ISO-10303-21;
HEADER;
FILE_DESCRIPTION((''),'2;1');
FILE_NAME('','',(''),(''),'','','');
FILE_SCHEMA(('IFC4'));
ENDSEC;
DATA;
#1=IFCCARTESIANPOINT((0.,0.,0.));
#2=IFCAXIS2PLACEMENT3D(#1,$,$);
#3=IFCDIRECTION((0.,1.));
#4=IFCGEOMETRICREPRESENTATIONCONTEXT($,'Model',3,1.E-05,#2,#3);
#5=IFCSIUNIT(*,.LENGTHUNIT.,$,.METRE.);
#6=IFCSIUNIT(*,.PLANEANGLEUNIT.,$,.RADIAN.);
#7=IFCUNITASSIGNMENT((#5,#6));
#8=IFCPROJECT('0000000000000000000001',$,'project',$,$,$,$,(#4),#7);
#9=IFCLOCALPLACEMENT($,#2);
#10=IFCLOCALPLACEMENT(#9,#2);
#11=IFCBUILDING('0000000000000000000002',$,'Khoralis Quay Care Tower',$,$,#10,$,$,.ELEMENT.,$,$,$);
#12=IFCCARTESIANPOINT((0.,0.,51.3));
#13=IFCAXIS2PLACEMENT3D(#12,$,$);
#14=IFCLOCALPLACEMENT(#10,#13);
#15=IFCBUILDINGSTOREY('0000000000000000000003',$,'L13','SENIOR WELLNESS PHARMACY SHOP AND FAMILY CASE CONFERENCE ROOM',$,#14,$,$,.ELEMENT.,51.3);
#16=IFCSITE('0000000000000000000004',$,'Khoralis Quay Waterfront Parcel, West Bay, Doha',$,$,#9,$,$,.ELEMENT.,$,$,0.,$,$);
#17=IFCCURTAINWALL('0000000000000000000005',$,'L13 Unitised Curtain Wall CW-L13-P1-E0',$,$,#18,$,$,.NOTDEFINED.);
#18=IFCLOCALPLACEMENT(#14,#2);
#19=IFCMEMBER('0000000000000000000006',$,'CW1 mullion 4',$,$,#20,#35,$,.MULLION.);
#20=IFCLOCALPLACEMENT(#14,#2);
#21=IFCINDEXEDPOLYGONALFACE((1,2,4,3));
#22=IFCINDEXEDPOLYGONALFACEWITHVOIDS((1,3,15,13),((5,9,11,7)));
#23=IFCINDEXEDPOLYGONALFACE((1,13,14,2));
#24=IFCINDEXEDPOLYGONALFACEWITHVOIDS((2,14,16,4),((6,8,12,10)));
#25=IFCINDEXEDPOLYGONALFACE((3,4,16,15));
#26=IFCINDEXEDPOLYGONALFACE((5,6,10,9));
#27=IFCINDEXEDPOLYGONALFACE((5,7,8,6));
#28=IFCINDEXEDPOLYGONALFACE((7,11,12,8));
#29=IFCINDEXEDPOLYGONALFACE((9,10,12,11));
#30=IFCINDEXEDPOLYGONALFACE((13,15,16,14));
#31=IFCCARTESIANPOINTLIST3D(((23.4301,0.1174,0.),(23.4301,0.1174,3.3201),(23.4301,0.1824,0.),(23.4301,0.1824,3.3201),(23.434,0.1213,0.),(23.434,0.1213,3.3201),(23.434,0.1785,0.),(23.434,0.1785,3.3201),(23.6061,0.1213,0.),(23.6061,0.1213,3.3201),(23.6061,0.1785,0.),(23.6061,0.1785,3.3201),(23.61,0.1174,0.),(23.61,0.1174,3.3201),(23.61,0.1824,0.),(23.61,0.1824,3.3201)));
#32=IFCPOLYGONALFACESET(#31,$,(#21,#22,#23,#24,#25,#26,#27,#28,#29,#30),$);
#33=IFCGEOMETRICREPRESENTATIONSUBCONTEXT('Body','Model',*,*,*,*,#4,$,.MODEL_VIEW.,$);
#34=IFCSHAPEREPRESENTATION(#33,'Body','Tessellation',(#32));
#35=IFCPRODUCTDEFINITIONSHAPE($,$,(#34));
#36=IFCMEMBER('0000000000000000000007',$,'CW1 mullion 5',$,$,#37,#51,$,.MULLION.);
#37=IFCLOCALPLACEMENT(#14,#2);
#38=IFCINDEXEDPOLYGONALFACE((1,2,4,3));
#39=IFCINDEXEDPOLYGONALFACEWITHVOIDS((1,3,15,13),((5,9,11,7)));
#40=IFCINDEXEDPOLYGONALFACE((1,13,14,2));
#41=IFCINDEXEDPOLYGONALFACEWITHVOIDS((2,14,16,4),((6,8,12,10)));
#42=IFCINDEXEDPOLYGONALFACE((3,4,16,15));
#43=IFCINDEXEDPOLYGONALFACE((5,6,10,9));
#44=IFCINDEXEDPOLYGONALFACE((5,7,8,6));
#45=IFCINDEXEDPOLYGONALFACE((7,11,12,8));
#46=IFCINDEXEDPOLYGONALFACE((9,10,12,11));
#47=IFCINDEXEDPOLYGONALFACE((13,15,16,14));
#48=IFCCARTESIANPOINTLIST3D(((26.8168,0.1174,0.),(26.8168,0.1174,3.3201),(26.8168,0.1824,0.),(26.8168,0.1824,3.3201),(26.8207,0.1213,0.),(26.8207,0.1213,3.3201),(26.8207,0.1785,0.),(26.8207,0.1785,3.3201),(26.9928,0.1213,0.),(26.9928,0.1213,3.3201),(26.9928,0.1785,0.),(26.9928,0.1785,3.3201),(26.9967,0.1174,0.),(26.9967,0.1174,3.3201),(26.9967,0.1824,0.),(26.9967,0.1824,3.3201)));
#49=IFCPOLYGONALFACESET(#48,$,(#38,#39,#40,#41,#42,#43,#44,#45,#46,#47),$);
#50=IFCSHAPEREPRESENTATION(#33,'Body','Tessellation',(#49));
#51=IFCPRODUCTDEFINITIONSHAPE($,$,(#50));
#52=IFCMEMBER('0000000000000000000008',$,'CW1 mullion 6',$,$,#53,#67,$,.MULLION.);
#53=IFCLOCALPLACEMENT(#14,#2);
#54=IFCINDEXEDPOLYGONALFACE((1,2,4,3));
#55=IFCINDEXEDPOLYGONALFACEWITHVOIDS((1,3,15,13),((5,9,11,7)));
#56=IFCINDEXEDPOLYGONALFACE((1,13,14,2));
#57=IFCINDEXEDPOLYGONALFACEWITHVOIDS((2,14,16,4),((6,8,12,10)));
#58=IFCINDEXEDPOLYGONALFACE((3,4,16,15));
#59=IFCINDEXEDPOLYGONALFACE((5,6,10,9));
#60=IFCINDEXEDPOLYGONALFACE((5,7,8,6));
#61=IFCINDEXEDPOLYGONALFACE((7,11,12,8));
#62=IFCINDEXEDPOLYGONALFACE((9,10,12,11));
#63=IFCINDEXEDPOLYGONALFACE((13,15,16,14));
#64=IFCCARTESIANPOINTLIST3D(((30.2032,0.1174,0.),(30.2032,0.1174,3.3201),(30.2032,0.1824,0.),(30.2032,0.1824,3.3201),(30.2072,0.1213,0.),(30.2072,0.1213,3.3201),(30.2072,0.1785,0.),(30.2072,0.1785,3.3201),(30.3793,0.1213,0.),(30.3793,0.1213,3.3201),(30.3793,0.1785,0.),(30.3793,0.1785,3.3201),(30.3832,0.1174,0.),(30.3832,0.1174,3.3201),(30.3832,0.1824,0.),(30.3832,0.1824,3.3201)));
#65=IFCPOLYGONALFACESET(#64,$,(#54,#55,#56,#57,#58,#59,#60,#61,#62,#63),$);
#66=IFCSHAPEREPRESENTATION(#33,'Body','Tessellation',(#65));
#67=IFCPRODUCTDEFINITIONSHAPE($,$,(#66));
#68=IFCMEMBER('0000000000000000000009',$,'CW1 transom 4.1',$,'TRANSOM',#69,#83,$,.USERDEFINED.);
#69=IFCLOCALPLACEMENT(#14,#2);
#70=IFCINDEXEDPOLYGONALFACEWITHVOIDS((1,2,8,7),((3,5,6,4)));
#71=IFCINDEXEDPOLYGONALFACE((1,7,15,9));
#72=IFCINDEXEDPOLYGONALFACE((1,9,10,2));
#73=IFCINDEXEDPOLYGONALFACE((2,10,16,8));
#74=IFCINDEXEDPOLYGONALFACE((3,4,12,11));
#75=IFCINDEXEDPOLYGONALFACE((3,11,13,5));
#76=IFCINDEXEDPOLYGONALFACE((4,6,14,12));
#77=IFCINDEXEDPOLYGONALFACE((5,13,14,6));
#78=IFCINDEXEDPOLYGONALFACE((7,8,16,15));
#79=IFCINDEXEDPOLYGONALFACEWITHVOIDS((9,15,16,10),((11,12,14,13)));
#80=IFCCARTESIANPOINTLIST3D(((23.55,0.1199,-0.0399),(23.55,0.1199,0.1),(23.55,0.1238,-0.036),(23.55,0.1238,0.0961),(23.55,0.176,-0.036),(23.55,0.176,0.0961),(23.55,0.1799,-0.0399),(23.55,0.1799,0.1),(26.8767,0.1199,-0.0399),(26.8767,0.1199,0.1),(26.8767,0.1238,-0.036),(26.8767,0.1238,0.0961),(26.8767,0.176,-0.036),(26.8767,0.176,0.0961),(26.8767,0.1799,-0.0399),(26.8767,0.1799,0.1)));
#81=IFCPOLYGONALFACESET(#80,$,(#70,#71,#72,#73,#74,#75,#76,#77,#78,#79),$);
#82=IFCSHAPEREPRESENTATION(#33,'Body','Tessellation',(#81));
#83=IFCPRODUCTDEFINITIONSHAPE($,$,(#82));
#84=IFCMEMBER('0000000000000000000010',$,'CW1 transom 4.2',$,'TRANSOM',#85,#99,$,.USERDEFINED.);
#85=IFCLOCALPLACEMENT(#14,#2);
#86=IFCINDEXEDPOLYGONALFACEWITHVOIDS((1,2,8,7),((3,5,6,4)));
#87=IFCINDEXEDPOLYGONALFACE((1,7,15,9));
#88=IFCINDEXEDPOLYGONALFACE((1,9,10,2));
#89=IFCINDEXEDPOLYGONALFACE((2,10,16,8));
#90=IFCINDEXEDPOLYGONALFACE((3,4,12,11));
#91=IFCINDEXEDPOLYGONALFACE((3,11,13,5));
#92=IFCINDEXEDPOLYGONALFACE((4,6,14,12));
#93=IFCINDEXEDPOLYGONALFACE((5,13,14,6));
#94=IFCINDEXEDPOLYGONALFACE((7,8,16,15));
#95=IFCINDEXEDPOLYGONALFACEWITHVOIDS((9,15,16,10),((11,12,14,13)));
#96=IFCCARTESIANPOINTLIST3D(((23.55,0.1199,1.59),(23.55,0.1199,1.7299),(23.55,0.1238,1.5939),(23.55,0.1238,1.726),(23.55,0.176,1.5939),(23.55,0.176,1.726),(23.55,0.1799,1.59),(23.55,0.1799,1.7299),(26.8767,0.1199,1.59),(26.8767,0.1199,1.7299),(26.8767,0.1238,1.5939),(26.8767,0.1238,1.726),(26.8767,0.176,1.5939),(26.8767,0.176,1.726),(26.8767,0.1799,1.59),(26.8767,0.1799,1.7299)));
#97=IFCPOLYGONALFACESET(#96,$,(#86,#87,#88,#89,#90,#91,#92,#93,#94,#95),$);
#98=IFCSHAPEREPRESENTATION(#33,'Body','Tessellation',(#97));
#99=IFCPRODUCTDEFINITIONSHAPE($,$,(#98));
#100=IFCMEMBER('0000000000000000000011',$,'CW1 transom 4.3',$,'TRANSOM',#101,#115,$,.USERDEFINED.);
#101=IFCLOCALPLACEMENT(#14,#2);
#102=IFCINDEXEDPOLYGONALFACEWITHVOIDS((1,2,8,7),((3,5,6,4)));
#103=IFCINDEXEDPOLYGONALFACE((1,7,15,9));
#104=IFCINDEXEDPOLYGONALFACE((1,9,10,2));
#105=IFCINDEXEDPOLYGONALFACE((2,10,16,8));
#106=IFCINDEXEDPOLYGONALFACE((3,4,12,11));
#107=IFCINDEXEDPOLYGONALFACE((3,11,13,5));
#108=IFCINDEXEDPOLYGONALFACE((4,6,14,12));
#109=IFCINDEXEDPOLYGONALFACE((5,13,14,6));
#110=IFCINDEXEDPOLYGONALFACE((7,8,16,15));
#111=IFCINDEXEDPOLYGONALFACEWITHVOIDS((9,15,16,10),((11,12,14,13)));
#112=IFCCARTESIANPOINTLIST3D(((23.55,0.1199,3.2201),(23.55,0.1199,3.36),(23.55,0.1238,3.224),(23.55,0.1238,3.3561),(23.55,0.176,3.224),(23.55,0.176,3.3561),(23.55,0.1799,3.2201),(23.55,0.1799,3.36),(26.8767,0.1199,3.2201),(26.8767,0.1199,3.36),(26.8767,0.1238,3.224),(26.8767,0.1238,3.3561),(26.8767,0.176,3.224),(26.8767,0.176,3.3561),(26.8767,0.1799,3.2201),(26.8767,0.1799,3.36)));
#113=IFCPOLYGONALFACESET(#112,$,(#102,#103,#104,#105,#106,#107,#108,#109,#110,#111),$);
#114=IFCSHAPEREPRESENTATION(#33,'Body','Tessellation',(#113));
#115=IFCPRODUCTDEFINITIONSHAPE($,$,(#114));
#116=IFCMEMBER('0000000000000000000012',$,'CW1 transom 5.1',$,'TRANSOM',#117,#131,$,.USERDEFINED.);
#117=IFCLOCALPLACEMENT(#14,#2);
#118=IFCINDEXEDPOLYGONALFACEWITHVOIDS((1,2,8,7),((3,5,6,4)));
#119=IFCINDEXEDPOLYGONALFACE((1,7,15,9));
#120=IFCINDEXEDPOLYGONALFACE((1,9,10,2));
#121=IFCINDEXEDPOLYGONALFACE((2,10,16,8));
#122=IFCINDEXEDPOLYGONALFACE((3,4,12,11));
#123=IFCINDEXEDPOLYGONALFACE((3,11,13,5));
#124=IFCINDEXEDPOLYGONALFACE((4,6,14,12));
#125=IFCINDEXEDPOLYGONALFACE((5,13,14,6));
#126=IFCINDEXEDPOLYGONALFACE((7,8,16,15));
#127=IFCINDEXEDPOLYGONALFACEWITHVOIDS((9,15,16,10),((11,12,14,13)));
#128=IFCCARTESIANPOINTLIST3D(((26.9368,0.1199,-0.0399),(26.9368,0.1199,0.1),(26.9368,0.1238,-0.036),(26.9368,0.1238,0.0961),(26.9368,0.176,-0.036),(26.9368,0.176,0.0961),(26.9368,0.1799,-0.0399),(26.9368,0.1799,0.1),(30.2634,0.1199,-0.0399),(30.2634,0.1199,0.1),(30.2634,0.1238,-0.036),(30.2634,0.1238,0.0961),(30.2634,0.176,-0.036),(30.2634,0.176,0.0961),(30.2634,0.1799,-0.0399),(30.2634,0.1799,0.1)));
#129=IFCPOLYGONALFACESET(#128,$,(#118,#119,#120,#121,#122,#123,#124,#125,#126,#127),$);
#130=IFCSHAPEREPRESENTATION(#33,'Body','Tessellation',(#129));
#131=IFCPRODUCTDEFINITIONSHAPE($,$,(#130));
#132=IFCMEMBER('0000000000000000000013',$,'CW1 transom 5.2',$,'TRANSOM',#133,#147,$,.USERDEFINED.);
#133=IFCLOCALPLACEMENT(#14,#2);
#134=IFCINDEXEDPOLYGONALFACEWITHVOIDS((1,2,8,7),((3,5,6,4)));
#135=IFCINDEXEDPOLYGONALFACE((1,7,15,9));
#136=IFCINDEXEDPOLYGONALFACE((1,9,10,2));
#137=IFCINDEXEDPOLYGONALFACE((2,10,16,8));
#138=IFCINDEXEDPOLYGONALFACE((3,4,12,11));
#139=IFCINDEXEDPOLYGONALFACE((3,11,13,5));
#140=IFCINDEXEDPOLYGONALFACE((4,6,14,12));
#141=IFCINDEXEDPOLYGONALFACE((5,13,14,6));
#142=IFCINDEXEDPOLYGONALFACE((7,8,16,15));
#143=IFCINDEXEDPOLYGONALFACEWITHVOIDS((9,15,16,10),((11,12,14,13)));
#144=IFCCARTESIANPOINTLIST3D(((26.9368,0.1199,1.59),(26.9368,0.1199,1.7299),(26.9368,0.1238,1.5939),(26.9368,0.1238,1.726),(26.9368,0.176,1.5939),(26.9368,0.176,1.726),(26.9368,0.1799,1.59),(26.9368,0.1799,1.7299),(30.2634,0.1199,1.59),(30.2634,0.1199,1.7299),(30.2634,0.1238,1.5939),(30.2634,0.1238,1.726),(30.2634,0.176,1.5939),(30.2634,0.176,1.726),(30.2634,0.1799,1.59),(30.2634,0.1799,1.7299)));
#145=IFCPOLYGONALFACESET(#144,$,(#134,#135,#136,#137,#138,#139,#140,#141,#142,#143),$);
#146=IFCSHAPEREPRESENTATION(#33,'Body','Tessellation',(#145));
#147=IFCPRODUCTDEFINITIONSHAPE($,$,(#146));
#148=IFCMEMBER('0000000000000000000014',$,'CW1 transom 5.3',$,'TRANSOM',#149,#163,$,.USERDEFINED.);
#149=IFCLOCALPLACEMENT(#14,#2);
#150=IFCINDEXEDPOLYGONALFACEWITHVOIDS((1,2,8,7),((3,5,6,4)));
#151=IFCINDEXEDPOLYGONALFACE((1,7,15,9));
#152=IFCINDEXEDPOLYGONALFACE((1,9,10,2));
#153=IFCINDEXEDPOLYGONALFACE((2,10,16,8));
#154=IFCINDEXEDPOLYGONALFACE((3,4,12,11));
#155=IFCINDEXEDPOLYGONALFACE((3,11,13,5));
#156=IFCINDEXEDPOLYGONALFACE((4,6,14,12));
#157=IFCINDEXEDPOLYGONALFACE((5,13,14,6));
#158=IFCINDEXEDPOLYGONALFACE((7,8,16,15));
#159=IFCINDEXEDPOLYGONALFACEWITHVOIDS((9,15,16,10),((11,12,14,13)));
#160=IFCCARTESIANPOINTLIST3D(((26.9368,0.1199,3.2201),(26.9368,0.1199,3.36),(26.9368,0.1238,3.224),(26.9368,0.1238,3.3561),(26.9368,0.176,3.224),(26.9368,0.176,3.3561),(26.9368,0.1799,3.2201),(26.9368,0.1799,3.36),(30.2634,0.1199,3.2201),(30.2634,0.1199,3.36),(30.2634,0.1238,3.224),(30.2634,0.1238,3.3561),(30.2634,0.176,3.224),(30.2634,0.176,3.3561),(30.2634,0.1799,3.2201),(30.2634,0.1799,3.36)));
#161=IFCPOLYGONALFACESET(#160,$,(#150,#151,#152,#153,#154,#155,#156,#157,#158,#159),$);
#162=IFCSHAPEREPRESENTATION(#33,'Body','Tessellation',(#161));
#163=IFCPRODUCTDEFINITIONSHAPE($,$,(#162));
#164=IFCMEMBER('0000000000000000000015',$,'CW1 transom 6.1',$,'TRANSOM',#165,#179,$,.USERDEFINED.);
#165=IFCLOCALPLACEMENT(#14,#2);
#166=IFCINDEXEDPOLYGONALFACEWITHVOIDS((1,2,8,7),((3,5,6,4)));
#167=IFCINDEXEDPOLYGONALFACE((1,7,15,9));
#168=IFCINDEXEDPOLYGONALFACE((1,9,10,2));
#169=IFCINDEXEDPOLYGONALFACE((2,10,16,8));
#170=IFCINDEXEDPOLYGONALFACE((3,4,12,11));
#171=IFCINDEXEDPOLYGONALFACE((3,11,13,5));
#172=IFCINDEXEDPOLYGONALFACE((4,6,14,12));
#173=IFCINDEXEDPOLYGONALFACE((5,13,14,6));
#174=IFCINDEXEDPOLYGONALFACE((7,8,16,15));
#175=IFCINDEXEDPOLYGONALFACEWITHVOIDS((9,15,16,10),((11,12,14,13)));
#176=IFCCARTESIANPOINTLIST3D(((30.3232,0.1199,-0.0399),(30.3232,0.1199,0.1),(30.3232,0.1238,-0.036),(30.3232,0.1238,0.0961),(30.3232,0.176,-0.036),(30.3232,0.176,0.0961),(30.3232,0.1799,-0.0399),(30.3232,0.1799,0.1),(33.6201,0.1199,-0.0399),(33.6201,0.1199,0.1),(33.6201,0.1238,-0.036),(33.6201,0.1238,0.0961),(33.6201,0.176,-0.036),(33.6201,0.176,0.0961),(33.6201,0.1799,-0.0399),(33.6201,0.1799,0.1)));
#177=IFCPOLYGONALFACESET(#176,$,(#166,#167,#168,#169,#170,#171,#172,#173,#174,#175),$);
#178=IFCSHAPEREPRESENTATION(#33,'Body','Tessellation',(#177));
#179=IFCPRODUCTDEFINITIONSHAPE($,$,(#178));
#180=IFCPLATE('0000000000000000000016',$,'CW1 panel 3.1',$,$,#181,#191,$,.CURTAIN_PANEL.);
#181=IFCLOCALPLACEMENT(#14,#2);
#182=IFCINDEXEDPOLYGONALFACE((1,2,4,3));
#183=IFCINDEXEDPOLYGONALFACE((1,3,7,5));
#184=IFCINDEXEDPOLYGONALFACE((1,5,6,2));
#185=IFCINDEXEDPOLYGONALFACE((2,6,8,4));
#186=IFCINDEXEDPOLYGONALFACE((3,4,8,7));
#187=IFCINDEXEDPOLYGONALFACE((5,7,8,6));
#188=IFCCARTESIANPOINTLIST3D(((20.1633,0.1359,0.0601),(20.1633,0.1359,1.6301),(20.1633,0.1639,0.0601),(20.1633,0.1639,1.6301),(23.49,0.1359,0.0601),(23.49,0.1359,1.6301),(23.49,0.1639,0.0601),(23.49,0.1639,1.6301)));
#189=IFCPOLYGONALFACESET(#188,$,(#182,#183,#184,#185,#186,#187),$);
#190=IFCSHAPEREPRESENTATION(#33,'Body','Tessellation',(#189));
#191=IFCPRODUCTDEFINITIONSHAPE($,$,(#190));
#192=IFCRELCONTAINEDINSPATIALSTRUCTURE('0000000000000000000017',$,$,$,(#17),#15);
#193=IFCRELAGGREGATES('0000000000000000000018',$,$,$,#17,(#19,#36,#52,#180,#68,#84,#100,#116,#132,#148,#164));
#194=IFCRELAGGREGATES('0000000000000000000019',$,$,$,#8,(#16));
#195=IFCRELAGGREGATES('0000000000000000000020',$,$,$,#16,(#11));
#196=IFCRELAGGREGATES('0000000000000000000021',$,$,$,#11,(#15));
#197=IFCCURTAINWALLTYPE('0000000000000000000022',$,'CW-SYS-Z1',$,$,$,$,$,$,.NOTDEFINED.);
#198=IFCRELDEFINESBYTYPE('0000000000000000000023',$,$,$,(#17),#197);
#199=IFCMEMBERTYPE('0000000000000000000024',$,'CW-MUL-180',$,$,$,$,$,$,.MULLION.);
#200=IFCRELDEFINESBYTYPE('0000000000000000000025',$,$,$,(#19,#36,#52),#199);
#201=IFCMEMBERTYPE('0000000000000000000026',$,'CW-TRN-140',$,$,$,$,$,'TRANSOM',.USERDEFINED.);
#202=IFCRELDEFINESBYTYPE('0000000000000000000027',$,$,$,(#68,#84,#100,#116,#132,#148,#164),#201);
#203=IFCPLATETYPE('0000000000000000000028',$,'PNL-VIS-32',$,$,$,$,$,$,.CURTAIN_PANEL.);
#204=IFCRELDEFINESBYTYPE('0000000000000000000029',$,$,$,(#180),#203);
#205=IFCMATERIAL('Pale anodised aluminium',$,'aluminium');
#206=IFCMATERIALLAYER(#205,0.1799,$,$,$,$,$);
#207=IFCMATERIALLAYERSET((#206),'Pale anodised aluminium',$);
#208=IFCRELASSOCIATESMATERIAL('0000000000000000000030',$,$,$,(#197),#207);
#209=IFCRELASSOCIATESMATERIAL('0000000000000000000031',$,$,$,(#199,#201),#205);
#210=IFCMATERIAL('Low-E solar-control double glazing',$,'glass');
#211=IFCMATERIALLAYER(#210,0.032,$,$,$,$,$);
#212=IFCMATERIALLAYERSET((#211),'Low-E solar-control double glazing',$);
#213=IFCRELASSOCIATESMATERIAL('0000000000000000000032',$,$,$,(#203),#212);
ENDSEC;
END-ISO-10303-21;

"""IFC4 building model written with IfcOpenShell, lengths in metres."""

from ifc_helpers import new_model, si_unit, direction, frame, origin, origin_2d, place, context, subcontext, project, spatial, rectangle, hollow_rectangle, extrude, source, transform, mapped, material, layer, layer_set, material_profile, profile_set, type_object, element, aggregate, save


model = new_model("IFC4")

# Units and contexts
model_context = context("Model", 3, precision=1e-05, world=origin(), true_north=direction((0.0, 1.0)))
body_context = subcontext(model_context, "Body", "Model", "MODEL_VIEW")
ifc_project = project(units=[si_unit("LENGTHUNIT", "METRE"), si_unit("PLANEANGLEUNIT", "RADIAN")], contexts=[model_context])

# Site, building, storey
site_placement = place(None, origin())
site = spatial("IfcSite", under=ifc_project, at=site_placement, Name="Khoralis Quay Waterfront Parcel, West Bay, Doha", CompositionType="ELEMENT", RefElevation=0.0)
building_placement = place(site_placement, origin())
building = spatial("IfcBuilding", under=site, at=building_placement, Name="Khoralis Quay Care Tower", CompositionType="ELEMENT")
storey_placement = place(building_placement, frame((0.0, 0.0, 51.3)))
storey = spatial("IfcBuildingStorey", under=building, at=storey_placement, Name="L13", Description="SENIOR WELLNESS PHARMACY SHOP AND FAMILY CASE CONFERENCE ROOM", CompositionType="ELEMENT", Elevation=51.3)

# Curtain wall, members, plate
ifc_material_1 = material(Name="Pale anodised aluminium", Category="aluminium")
ifc_layer_1 = layer(ifc_material_1, 0.1799)
ifc_layer_set_1 = layer_set([ifc_layer_1], Name="Pale anodised aluminium")
curtain_wall_type = type_object("IfcCurtainWallType", Name="CW-SYS-Z1", PredefinedType="NOTDEFINED", material=ifc_layer_set_1)
curtain_wall_placement = place(storey_placement, origin())
curtain_wall = element("IfcCurtainWall", 1, at=curtain_wall_placement, inside=storey, type_object=curtain_wall_type, Name="L13 Unitised Curtain Wall CW-L13-P1-E0", PredefinedType="NOTDEFINED")
ifc_material_profile_1 = material_profile(ifc_material_1, hollow_rectangle(XDim=0.0649, YDim=0.1799, WallThickness=0.0039, at=origin_2d()), Name="Pale anodised aluminium")
ifc_profile_set_1 = profile_set([ifc_material_profile_1], Name="Pale anodised aluminium")
member_type_1 = type_object("IfcMemberType", Name="CW-MUL-180", PredefinedType="MULLION", material=ifc_profile_set_1)
shared_shape_1 = source(origin(), body_context, "Body", "SweptSolid", [
    extrude(hollow_rectangle(XDim=0.0649, YDim=0.1799, WallThickness=0.0039, at=origin_2d()), origin(), (0.0, 0.0, 1.0), 3.3201),
])
member_1_placement = place(storey_placement, frame((23.52, 0.1499, 0.0), z_axis=(0.0, 0.0, 1.0), x_axis=(0.0, 1.0, 0.0)))
member_1 = element("IfcMember", 2, at=member_1_placement, type_object=member_type_1, Name="CW1 mullion 4", PredefinedType="MULLION", context=body_context, shape_type="MappedRepresentation", body=[
    mapped(shared_shape_1, transform((0.0, 0.0, 0.0), scale=1.0)),
])
member_2_placement = place(storey_placement, frame((26.9067, 0.1499, 0.0), z_axis=(0.0, 0.0, 1.0), x_axis=(0.0, 1.0, 0.0)))
member_2 = element("IfcMember", 3, at=member_2_placement, type_object=member_type_1, Name="CW1 mullion 5", PredefinedType="MULLION", context=body_context, shape_type="MappedRepresentation", body=[
    mapped(shared_shape_1, transform((0.0, 0.0, 0.0), scale=1.0)),
])
member_3_placement = place(storey_placement, frame((30.2932, 0.1499, 0.0), z_axis=(0.0, 0.0, 1.0), x_axis=(0.0, 1.0, 0.0)))
member_3 = element("IfcMember", 4, at=member_3_placement, type_object=member_type_1, Name="CW1 mullion 6", PredefinedType="MULLION", context=body_context, shape_type="MappedRepresentation", body=[
    mapped(shared_shape_1, transform((0.0, 0.0, 0.0), scale=1.0)),
])
ifc_material_profile_2 = material_profile(ifc_material_1, hollow_rectangle(XDim=0.0601, YDim=0.1399, WallThickness=0.0039, at=origin_2d()), Name="Pale anodised aluminium")
ifc_profile_set_2 = profile_set([ifc_material_profile_2], Name="Pale anodised aluminium")
member_type_2 = type_object("IfcMemberType", Name="CW-TRN-140", ElementType="TRANSOM", PredefinedType="USERDEFINED", material=ifc_profile_set_2)
shared_shape_2 = source(origin(), body_context, "Body", "SweptSolid", [
    extrude(hollow_rectangle(XDim=0.0601, YDim=0.1399, WallThickness=0.0039, at=origin_2d()), origin(), (0.0, 0.0, 1.0), 3.3267),
])
member_4_placement = place(storey_placement, frame((23.55, 0.1499, 0.03), z_axis=(1.0, 0.0, 0.0), x_axis=(0.0, 1.0, 0.0)))
member_4 = element("IfcMember", 5, at=member_4_placement, type_object=member_type_2, Name="CW1 transom 4.1", ObjectType="TRANSOM", PredefinedType="USERDEFINED", context=body_context, shape_type="MappedRepresentation", body=[
    mapped(shared_shape_2, transform((0.0, 0.0, 0.0), scale=1.0)),
])
member_5_placement = place(storey_placement, frame((23.55, 0.1499, 1.6599), z_axis=(1.0, 0.0, 0.0), x_axis=(0.0, 1.0, 0.0)))
member_5 = element("IfcMember", 6, at=member_5_placement, type_object=member_type_2, Name="CW1 transom 4.2", ObjectType="TRANSOM", PredefinedType="USERDEFINED", context=body_context, shape_type="MappedRepresentation", body=[
    mapped(shared_shape_2, transform((0.0, 0.0, 0.0), scale=1.0)),
])
member_6_placement = place(storey_placement, frame((23.55, 0.1499, 3.29), z_axis=(1.0, 0.0, 0.0), x_axis=(0.0, 1.0, 0.0)))
member_6 = element("IfcMember", 7, at=member_6_placement, type_object=member_type_2, Name="CW1 transom 4.3", ObjectType="TRANSOM", PredefinedType="USERDEFINED", context=body_context, shape_type="MappedRepresentation", body=[
    mapped(shared_shape_2, transform((0.0, 0.0, 0.0), scale=1.0)),
])
member_7_placement = place(storey_placement, frame((26.9368, 0.1499, 0.03), z_axis=(1.0, 0.0, 0.0), x_axis=(0.0, 1.0, 0.0)))
member_7 = element("IfcMember", 8, at=member_7_placement, type_object=member_type_2, Name="CW1 transom 5.1", ObjectType="TRANSOM", PredefinedType="USERDEFINED", context=body_context, shape_type="MappedRepresentation", body=[
    mapped(shared_shape_2, transform((0.0, 0.0, 0.0), scale=1.0)),
])
member_8_placement = place(storey_placement, frame((26.9368, 0.1499, 1.6599), z_axis=(1.0, 0.0, 0.0), x_axis=(0.0, 1.0, 0.0)))
member_8 = element("IfcMember", 9, at=member_8_placement, type_object=member_type_2, Name="CW1 transom 5.2", ObjectType="TRANSOM", PredefinedType="USERDEFINED", context=body_context, shape_type="MappedRepresentation", body=[
    mapped(shared_shape_2, transform((0.0, 0.0, 0.0), scale=1.0)),
])
member_9_placement = place(storey_placement, frame((26.9368, 0.1499, 3.29), z_axis=(1.0, 0.0, 0.0), x_axis=(0.0, 1.0, 0.0)))
member_9 = element("IfcMember", 10, at=member_9_placement, type_object=member_type_2, Name="CW1 transom 5.3", ObjectType="TRANSOM", PredefinedType="USERDEFINED", context=body_context, shape_type="MappedRepresentation", body=[
    mapped(shared_shape_2, transform((0.0, 0.0, 0.0), scale=1.0)),
])
shared_shape_3 = source(origin(), body_context, "Body", "SweptSolid", [
    extrude(hollow_rectangle(XDim=0.0601, YDim=0.1399, WallThickness=0.0039, at=origin_2d()), origin(), (0.0, 0.0, 1.0), 3.2969),
])
member_10_placement = place(storey_placement, frame((30.3232, 0.1499, 0.03), z_axis=(1.0, 0.0, 0.0), x_axis=(0.0, 1.0, 0.0)))
member_10 = element("IfcMember", 11, at=member_10_placement, type_object=member_type_2, Name="CW1 transom 6.1", ObjectType="TRANSOM", PredefinedType="USERDEFINED", context=body_context, shape_type="MappedRepresentation", body=[
    mapped(shared_shape_3, transform((0.0, 0.0, 0.0), scale=1.0)),
])
ifc_material_2 = material(Name="Low-E solar-control double glazing", Category="glass")
ifc_layer_2 = layer(ifc_material_2, 0.032)
ifc_layer_set_2 = layer_set([ifc_layer_2], Name="Low-E solar-control double glazing")
plate_type = type_object("IfcPlateType", Name="PNL-VIS-32", PredefinedType="CURTAIN_PANEL", material=ifc_layer_set_2)
shared_shape_4 = source(origin(), body_context, "Body", "SweptSolid", [
    extrude(rectangle(XDim=3.3267, YDim=0.0281, at=origin_2d()), origin(), (0.0, 0.0, 1.0), 1.5701),
])
plate_1_placement = place(storey_placement, frame((21.8267, 0.1499, 0.0601), z_axis=(0.0, 0.0, 1.0), x_axis=(1.0, 0.0, 0.0)))
plate_1 = element("IfcPlate", 12, at=plate_1_placement, type_object=plate_type, Name="CW1 panel 3.1", PredefinedType="CURTAIN_PANEL", context=body_context, shape_type="MappedRepresentation", body=[
    mapped(shared_shape_4, transform((0.0, 0.0, 0.0), scale=1.0)),
])
aggregate(curtain_wall, [member_1, member_2, member_3, plate_1, member_4, member_5, member_6, member_7, member_8, member_9, member_10])

save(model, "model.ifc")
